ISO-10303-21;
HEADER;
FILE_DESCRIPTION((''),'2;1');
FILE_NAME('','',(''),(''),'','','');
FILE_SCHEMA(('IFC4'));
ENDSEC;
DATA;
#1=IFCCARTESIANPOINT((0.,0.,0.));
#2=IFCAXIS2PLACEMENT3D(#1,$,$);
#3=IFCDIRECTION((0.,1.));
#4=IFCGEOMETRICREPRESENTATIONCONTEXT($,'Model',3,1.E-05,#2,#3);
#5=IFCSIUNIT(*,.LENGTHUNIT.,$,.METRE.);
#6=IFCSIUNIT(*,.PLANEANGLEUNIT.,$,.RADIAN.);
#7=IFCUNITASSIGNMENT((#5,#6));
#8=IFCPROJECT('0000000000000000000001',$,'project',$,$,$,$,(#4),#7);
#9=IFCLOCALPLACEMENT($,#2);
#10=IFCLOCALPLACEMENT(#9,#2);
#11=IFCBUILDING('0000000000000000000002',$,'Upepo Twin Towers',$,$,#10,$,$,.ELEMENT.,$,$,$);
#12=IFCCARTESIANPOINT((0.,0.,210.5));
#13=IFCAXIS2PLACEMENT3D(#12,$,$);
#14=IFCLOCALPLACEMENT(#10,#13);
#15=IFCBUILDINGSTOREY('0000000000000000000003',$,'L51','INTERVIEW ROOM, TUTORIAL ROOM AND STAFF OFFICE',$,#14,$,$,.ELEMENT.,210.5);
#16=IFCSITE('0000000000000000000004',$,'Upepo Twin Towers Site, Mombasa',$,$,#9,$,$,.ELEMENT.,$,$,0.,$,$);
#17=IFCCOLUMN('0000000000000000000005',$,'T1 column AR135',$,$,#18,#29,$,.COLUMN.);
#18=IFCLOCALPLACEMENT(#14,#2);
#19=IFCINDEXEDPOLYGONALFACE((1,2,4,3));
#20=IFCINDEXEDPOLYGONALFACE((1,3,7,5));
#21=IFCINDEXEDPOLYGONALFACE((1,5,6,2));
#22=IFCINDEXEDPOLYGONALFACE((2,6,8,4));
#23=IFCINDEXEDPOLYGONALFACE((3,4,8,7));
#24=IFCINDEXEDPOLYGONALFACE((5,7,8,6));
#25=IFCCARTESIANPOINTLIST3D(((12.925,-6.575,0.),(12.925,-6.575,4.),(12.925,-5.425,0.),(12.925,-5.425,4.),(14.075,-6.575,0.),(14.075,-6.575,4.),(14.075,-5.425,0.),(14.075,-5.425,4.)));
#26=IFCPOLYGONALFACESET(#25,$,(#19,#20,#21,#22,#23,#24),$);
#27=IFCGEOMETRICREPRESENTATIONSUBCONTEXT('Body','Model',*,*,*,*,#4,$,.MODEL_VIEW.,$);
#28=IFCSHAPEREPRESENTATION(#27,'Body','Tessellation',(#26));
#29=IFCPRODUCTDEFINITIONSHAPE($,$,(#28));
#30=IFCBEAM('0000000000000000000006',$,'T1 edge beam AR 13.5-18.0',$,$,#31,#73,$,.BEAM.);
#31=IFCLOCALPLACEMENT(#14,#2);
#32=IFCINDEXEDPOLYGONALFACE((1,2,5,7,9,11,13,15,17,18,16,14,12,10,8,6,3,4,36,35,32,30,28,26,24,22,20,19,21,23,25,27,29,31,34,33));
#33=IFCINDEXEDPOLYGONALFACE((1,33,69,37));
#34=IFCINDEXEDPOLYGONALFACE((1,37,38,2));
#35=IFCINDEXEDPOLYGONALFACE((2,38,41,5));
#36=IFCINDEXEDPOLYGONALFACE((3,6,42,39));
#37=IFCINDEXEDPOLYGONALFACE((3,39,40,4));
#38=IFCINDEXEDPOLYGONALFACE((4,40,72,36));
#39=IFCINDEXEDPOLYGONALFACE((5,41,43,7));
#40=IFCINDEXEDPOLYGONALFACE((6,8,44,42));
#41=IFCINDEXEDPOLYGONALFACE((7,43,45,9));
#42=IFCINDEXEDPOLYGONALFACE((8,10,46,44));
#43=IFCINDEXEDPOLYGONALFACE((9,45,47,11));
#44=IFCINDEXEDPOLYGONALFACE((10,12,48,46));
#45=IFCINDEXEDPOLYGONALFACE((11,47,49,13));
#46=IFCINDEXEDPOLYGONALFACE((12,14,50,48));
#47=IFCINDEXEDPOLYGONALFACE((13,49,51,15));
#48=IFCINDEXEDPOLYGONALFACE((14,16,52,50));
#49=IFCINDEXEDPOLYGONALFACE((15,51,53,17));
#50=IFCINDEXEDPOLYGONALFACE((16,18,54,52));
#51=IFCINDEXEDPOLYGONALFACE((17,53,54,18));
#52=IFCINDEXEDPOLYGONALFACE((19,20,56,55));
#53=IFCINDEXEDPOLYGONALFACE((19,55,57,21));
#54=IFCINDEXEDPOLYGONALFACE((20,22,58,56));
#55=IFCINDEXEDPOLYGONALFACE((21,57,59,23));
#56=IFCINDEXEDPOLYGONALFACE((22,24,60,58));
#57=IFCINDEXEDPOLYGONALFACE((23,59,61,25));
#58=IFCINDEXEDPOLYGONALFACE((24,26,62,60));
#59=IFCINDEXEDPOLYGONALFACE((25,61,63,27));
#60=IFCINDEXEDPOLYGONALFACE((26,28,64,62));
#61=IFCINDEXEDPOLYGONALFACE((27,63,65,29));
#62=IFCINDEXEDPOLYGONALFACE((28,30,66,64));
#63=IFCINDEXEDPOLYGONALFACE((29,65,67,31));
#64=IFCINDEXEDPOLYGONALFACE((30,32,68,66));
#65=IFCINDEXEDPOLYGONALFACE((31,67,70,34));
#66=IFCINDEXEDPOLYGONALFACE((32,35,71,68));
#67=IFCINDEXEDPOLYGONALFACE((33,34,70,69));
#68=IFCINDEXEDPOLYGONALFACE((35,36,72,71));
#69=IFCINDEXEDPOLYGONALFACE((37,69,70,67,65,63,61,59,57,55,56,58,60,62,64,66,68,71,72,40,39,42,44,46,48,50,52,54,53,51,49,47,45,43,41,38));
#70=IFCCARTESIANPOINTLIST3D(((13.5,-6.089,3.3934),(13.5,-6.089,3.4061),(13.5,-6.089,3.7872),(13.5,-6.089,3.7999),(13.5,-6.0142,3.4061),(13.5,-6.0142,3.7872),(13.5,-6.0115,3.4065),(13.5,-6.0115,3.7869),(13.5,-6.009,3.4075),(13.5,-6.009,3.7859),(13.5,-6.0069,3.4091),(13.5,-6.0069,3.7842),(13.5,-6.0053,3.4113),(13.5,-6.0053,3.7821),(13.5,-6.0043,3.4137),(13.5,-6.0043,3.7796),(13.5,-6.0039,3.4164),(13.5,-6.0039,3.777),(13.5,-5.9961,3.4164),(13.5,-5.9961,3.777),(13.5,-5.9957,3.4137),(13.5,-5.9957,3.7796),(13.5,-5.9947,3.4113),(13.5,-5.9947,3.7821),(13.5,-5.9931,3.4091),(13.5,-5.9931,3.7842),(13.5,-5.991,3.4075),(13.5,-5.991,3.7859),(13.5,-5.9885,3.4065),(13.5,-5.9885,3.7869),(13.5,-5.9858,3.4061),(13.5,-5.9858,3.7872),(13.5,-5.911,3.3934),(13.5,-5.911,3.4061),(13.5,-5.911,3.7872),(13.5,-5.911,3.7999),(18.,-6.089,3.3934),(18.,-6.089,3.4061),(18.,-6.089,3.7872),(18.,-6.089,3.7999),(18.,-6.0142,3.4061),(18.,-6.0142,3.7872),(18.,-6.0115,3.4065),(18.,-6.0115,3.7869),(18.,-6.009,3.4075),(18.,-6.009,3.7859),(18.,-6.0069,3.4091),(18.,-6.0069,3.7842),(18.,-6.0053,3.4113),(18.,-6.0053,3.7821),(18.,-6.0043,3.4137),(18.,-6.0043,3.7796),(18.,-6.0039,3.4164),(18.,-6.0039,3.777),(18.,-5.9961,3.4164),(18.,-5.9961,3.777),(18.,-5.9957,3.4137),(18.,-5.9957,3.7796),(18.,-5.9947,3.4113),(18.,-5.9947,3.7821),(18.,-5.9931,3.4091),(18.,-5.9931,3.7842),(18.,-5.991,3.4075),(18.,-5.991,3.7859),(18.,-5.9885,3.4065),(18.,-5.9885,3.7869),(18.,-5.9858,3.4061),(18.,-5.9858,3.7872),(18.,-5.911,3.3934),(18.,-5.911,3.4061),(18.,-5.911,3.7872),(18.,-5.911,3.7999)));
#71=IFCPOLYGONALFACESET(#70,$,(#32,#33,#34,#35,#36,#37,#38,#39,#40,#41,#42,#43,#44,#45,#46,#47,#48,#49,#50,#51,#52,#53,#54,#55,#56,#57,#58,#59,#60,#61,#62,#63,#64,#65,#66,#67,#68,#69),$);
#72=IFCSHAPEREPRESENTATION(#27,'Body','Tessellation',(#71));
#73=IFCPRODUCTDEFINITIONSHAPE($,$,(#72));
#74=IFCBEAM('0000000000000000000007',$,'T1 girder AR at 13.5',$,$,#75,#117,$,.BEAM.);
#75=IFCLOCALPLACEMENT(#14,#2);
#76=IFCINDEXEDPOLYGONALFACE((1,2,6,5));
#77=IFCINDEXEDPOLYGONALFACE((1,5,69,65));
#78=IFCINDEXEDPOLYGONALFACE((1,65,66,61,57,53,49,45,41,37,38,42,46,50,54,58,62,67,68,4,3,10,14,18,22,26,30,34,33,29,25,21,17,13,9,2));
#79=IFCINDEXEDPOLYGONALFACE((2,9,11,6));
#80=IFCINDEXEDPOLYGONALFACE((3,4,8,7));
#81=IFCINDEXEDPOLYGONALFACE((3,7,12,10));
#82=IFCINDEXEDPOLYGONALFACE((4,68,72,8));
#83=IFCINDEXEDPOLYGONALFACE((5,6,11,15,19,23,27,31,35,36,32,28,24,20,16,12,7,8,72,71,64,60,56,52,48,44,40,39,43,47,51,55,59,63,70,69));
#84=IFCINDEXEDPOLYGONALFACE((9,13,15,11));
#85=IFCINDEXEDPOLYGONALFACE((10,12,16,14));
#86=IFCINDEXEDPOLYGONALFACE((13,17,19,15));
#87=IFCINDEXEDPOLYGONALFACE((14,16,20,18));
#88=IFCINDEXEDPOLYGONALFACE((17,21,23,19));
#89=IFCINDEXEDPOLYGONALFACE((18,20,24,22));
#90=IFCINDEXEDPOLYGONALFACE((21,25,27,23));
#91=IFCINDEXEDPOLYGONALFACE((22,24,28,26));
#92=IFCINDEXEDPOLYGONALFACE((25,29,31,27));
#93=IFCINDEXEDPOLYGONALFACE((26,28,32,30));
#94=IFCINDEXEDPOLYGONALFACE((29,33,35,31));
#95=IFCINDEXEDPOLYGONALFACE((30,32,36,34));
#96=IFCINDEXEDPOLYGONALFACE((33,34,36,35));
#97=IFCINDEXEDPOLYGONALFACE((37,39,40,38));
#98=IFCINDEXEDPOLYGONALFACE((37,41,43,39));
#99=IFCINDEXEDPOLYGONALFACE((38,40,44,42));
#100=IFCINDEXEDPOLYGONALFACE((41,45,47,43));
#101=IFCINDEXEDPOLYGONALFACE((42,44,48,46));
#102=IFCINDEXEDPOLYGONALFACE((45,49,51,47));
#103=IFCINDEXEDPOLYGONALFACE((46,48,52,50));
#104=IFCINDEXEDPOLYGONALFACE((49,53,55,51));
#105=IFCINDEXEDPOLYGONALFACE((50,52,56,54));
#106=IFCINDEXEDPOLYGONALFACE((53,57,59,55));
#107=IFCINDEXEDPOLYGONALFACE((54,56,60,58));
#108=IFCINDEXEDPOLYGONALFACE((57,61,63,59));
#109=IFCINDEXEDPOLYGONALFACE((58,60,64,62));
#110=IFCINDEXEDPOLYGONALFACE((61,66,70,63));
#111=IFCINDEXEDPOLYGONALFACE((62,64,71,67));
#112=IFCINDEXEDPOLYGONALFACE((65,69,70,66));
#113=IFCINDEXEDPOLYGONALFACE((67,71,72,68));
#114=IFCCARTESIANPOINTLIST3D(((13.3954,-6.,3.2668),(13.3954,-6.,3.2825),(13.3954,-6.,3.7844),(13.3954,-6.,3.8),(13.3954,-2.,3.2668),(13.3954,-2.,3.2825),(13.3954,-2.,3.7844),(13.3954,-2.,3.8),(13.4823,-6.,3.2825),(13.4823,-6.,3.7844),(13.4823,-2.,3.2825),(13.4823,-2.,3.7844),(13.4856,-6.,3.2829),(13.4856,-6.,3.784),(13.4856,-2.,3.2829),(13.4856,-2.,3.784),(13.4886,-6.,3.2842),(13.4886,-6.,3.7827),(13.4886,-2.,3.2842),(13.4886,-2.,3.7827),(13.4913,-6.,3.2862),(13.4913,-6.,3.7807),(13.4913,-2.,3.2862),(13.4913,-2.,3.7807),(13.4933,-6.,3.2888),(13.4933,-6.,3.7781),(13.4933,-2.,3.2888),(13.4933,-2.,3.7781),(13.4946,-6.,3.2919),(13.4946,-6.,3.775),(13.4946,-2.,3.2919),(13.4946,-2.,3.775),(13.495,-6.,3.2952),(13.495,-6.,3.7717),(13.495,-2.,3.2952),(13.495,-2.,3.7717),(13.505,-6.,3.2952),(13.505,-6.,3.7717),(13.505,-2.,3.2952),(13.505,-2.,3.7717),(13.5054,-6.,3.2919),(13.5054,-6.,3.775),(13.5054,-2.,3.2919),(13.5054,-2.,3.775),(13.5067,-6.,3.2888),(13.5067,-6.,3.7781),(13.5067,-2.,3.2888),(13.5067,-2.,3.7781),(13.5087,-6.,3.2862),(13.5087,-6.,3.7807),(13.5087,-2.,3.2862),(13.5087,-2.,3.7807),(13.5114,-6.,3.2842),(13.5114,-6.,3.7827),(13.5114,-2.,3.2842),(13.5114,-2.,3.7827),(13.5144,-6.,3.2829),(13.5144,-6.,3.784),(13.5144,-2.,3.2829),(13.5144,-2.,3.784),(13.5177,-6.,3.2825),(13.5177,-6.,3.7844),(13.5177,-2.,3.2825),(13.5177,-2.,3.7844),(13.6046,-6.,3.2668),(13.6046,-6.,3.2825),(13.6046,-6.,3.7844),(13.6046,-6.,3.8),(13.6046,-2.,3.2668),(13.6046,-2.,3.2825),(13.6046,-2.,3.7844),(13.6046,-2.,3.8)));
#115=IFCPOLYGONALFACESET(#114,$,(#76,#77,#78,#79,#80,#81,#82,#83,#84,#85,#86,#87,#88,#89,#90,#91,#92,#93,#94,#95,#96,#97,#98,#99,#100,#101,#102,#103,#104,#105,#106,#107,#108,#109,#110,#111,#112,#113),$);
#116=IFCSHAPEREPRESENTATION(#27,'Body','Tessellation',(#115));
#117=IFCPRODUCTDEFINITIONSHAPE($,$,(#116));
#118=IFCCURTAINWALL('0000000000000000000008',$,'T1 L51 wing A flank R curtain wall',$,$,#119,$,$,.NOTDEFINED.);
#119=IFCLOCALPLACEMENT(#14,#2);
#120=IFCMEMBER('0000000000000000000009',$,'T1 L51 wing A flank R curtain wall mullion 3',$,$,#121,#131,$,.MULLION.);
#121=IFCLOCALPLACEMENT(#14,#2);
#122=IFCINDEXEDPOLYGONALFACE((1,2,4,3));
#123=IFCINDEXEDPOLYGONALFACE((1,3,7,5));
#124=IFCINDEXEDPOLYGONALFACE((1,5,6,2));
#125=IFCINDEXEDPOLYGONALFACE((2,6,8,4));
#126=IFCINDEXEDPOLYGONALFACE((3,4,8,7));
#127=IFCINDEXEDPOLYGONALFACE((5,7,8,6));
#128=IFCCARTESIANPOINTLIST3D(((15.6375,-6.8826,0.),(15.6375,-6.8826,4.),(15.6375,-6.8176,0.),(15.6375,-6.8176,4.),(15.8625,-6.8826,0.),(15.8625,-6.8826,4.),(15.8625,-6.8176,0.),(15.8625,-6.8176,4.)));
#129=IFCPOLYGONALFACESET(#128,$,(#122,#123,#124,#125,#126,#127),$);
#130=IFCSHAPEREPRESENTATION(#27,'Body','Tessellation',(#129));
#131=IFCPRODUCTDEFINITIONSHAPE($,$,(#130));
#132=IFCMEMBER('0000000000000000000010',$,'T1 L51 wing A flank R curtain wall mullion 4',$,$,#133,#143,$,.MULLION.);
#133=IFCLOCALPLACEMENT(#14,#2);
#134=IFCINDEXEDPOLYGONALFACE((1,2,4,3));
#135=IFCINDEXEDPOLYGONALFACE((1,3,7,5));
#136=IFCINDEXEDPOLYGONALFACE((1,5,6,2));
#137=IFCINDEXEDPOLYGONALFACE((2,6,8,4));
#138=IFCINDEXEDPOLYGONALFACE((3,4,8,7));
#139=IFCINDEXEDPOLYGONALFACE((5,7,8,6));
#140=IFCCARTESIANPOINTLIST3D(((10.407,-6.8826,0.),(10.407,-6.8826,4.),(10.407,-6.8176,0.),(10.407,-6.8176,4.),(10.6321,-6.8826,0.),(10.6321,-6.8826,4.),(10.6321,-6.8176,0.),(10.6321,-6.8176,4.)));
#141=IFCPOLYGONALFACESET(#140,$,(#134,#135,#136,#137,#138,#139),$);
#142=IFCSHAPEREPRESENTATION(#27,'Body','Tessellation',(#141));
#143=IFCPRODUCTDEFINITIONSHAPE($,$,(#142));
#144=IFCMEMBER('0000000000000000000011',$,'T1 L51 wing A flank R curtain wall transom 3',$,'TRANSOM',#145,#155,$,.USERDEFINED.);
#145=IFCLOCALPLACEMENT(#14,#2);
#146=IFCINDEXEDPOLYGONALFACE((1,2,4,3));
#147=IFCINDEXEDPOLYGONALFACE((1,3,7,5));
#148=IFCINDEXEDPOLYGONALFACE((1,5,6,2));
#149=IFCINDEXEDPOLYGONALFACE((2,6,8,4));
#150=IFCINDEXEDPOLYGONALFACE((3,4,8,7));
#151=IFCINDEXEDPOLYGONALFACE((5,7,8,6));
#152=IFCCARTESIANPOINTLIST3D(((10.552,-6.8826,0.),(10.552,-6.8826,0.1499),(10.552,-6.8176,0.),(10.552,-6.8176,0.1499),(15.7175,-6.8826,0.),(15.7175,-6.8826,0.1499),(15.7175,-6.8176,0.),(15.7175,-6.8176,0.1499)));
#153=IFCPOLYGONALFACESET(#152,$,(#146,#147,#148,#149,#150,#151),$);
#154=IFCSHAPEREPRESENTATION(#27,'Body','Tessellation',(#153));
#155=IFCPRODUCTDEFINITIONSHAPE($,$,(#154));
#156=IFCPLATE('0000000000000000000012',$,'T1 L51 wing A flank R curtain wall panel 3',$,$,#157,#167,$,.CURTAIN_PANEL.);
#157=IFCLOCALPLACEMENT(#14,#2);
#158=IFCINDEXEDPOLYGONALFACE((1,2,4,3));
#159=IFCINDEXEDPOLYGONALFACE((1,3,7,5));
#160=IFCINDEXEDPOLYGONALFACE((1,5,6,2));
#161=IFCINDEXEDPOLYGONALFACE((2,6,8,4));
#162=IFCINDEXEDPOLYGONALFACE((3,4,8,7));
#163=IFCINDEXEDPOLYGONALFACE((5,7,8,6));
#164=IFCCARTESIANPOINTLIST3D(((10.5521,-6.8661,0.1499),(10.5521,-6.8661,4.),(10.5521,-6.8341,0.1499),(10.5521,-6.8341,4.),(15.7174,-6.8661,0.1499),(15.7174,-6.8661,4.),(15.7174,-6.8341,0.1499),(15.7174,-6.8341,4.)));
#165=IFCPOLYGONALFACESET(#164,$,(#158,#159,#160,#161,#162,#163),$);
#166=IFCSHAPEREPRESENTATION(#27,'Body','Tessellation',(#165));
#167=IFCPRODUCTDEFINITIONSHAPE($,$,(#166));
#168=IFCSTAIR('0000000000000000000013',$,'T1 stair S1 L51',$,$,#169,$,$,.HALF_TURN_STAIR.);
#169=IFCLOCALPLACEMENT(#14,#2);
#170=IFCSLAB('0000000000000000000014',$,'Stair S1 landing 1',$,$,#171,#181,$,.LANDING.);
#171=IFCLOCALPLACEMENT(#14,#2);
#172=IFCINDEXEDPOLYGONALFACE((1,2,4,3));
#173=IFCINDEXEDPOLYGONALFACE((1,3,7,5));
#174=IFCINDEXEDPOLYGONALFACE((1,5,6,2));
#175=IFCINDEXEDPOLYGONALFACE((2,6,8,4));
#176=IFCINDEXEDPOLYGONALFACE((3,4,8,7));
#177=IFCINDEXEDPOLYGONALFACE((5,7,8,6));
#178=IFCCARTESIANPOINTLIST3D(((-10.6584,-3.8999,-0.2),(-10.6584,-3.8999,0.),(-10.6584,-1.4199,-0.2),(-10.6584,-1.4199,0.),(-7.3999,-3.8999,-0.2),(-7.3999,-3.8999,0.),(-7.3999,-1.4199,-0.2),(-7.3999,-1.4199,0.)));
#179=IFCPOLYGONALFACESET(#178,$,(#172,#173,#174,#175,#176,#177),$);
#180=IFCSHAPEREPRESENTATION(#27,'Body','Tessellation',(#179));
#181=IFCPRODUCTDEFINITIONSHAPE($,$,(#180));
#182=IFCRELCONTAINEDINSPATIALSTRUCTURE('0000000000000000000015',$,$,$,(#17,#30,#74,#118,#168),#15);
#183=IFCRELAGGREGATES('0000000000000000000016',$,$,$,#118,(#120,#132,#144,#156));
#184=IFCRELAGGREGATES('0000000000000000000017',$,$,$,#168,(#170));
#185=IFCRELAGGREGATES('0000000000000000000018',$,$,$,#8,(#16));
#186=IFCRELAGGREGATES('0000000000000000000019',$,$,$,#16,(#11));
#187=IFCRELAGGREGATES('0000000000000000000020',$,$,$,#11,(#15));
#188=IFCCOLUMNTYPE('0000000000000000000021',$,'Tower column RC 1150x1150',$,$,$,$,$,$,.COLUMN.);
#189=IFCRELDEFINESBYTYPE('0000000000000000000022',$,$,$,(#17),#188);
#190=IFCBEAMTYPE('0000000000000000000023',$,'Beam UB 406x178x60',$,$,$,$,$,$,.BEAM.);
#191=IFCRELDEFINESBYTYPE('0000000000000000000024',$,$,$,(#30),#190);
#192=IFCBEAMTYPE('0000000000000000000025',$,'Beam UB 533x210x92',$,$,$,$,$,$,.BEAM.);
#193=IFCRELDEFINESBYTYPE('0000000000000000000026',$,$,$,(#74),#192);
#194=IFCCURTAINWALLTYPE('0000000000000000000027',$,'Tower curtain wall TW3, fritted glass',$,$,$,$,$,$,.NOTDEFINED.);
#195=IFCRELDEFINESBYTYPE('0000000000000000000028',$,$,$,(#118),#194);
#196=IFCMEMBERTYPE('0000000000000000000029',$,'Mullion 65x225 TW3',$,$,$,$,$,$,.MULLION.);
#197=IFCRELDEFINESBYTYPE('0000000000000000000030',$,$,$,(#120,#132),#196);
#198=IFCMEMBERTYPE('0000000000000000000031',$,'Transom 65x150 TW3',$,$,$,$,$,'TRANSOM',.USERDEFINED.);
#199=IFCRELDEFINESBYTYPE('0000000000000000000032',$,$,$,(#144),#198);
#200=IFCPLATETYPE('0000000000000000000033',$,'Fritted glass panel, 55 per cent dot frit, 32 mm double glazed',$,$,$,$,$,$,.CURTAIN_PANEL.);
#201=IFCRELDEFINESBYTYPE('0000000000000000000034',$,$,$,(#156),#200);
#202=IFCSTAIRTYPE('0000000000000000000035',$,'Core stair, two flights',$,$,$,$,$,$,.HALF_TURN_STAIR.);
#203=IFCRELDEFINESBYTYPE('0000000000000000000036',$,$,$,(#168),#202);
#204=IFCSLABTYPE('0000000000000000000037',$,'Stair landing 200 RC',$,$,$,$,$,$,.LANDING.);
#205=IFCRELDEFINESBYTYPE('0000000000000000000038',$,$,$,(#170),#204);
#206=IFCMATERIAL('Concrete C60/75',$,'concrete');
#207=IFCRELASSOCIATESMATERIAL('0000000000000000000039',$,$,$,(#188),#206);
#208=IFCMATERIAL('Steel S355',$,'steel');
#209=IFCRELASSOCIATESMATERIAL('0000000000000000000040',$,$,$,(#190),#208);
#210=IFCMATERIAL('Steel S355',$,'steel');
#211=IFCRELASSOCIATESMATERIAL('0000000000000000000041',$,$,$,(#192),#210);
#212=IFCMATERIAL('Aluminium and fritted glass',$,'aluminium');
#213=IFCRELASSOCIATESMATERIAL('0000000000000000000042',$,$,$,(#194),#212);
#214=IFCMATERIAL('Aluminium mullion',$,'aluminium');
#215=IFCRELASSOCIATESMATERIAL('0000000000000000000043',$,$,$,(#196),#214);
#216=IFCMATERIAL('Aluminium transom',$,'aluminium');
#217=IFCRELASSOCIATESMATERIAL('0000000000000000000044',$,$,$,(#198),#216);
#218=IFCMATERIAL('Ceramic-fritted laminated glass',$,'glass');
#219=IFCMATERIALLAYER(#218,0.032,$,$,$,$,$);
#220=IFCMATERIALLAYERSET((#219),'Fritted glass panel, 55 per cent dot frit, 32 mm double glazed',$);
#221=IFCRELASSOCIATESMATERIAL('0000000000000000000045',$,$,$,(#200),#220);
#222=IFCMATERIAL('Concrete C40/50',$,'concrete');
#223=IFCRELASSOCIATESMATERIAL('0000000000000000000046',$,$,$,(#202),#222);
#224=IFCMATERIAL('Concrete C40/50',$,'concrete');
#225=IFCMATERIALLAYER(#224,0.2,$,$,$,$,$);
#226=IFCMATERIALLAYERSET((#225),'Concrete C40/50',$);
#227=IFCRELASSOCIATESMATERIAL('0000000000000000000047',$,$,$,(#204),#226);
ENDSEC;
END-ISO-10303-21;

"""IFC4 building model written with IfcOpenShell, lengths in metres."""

from ifc_helpers import new_model, si_unit, direction, frame, origin, origin_2d, place, context, subcontext, project, spatial, polyline, rectangle, i_section, outline, extrude, material, layer, layer_set, material_profile, profile_set, type_object, element, aggregate, save


model = new_model("IFC4")

# Units and contexts
model_context = context("Model", 3, precision=1e-05, world=origin(), true_north=direction((0.0, 1.0)))
body_context = subcontext(model_context, "Body", "Model", "MODEL_VIEW")
ifc_project = project(units=[si_unit("LENGTHUNIT", "METRE"), si_unit("PLANEANGLEUNIT", "RADIAN")], contexts=[model_context])

# Site, building, storey
site_placement = place(None, origin())
site = spatial("IfcSite", under=ifc_project, at=site_placement, Name="Upepo Twin Towers Site, Mombasa", CompositionType="ELEMENT", RefElevation=0.0)
building_placement = place(site_placement, origin())
building = spatial("IfcBuilding", under=site, at=building_placement, Name="Upepo Twin Towers", CompositionType="ELEMENT")
storey_placement = place(building_placement, frame((0.0, 0.0, 210.5)))
storey = spatial("IfcBuildingStorey", under=building, at=storey_placement, Name="L51", Description="INTERVIEW ROOM, TUTORIAL ROOM AND STAFF OFFICE", CompositionType="ELEMENT", Elevation=210.5)

# Column
ifc_material_1 = material(Name="Concrete C60/75", Category="concrete")
ifc_material_profile_1 = material_profile(ifc_material_1, rectangle(XDim=1.1499, YDim=1.1499, at=origin_2d()), Name="RC 1150x1150")
ifc_profile_set_1 = profile_set([ifc_material_profile_1], Name="Concrete C60/75")
column_type = type_object("IfcColumnType", Name="Tower column RC 1150x1150", PredefinedType="COLUMN", material=ifc_profile_set_1)
column_placement = place(storey_placement, frame((13.5, -6.0, 0.0), z_axis=(0.0, 0.0, 1.0), x_axis=(1.0, 0.0, 0.0)))
element("IfcColumn", 1, at=column_placement, inside=storey, type_object=column_type, Name="T1 column AR135", PredefinedType="COLUMN", context=body_context, shape_type="SweptSolid", body=[
    extrude(rectangle(XDim=1.1499, YDim=1.1499, at=origin_2d()), origin(), (0.0, 0.0, 1.0), 4.0),
])

# Beams
ifc_material_2 = material(Name="Steel S355", Category="steel")
ifc_material_profile_2 = material_profile(ifc_material_2, i_section(OverallWidth=0.178, OverallDepth=0.4065, WebThickness=0.0078, FlangeThickness=0.0127, FilletRadius=0.0103, at=origin_2d()), Name="UB 406x178x60")
ifc_profile_set_2 = profile_set([ifc_material_profile_2], Name="Steel S355")
beam_type_1 = type_object("IfcBeamType", Name="Beam UB 406x178x60", PredefinedType="BEAM", material=ifc_profile_set_2)
beam_1_placement = place(storey_placement, frame((13.5, -6.0, 3.5967), z_axis=(1.0, 0.0, 0.0), x_axis=(0.0, 1.0, 0.0)))
element("IfcBeam", 2, at=beam_1_placement, inside=storey, type_object=beam_type_1, Name="T1 edge beam AR 13.5-18.0", PredefinedType="BEAM", context=body_context, shape_type="SweptSolid", body=[
    extrude(i_section(OverallWidth=0.178, OverallDepth=0.4065, WebThickness=0.0078, FlangeThickness=0.0127, FilletRadius=0.0103, at=origin_2d()), origin(), (0.0, 0.0, 1.0), 4.5),
])
ifc_material_3 = material(Name="Steel S355", Category="steel")
ifc_material_profile_3 = material_profile(ifc_material_3, i_section(OverallWidth=0.2092, OverallDepth=0.5332, WebThickness=0.01, FlangeThickness=0.0156, FilletRadius=0.0127, at=origin_2d()), Name="UB 533x210x92")
ifc_profile_set_3 = profile_set([ifc_material_profile_3], Name="Steel S355")
beam_type_2 = type_object("IfcBeamType", Name="Beam UB 533x210x92", PredefinedType="BEAM", material=ifc_profile_set_3)
beam_2_placement = place(storey_placement, frame((13.5, -6.0, 3.5334), z_axis=(0.0, 1.0, 0.0), x_axis=(-1.0, 0.0, 0.0)))
element("IfcBeam", 3, at=beam_2_placement, inside=storey, type_object=beam_type_2, Name="T1 girder AR at 13.5", PredefinedType="BEAM", context=body_context, shape_type="SweptSolid", body=[
    extrude(i_section(OverallWidth=0.2092, OverallDepth=0.5332, WebThickness=0.01, FlangeThickness=0.0156, FilletRadius=0.0127, at=origin_2d()), origin(), (0.0, 0.0, 1.0), 4.0),
])

# Curtain wall, members, plate
ifc_material_4 = material(Name="Aluminium and fritted glass", Category="aluminium")
curtain_wall_type = type_object("IfcCurtainWallType", Name="Tower curtain wall TW3, fritted glass", PredefinedType="NOTDEFINED", material=ifc_material_4)
curtain_wall_placement = place(storey_placement, origin())
curtain_wall = element("IfcCurtainWall", 4, at=curtain_wall_placement, inside=storey, type_object=curtain_wall_type, Name="T1 L51 wing A flank R curtain wall", PredefinedType="NOTDEFINED")
ifc_material_5 = material(Name="Aluminium mullion", Category="aluminium")
ifc_material_profile_4 = material_profile(ifc_material_5, rectangle(XDim=0.0649, YDim=0.2251, at=origin_2d()), Name="MULLION 65x225")
ifc_profile_set_4 = profile_set([ifc_material_profile_4], Name="Aluminium mullion")
member_type_1 = type_object("IfcMemberType", Name="Mullion 65x225 TW3", PredefinedType="MULLION", material=ifc_profile_set_4)
member_1_placement = place(storey_placement, frame((15.75, -6.8501, 0.0), z_axis=(0.0, 0.0, 1.0), x_axis=(0.0, -1.0, 0.0)))
member_1 = element("IfcMember", 5, at=member_1_placement, type_object=member_type_1, Name="T1 L51 wing A flank R curtain wall mullion 3", PredefinedType="MULLION", context=body_context, shape_type="SweptSolid", body=[
    extrude(rectangle(XDim=0.0649, YDim=0.2251, at=origin_2d()), origin(), (0.0, 0.0, 1.0), 4.0),
])
member_2_placement = place(storey_placement, frame((10.5195, -6.8501, 0.0), z_axis=(0.0, 0.0, 1.0), x_axis=(0.0, -1.0, 0.0)))
member_2 = element("IfcMember", 6, at=member_2_placement, type_object=member_type_1, Name="T1 L51 wing A flank R curtain wall mullion 4", PredefinedType="MULLION", context=body_context, shape_type="SweptSolid", body=[
    extrude(rectangle(XDim=0.0649, YDim=0.2251, at=origin_2d()), origin(), (0.0, 0.0, 1.0), 4.0),
])
ifc_material_6 = material(Name="Aluminium transom", Category="aluminium")
ifc_material_profile_5 = material_profile(ifc_material_6, rectangle(XDim=0.0649, YDim=0.1499, at=origin_2d()), Name="TRANSOM 65x150")
ifc_profile_set_5 = profile_set([ifc_material_profile_5], Name="Aluminium transom")
member_type_2 = type_object("IfcMemberType", Name="Transom 65x150 TW3", ElementType="TRANSOM", PredefinedType="USERDEFINED", material=ifc_profile_set_5)
member_3_placement = place(storey_placement, frame((15.7175, -6.8501, 0.075), z_axis=(-1.0, 0.0, 0.0), x_axis=(0.0, -1.0, 0.0)))
member_3 = element("IfcMember", 7, at=member_3_placement, type_object=member_type_2, Name="T1 L51 wing A flank R curtain wall transom 3", ObjectType="TRANSOM", PredefinedType="USERDEFINED", context=body_context, shape_type="SweptSolid", body=[
    extrude(rectangle(XDim=0.0649, YDim=0.1499, at=origin_2d()), origin(), (0.0, 0.0, 1.0), 5.1655),
])
ifc_material_7 = material(Name="Ceramic-fritted laminated glass", Category="glass")
ifc_layer_1 = layer(ifc_material_7, 0.032)
ifc_layer_set_1 = layer_set([ifc_layer_1], Name="Fritted glass panel, 55 per cent dot frit, 32 mm double glazed")
plate_type = type_object("IfcPlateType", Name="Fritted glass panel, 55 per cent dot frit, 32 mm double glazed", PredefinedType="CURTAIN_PANEL", material=ifc_layer_set_1)
plate_placement = place(storey_placement, frame((13.1348, -6.8501, 0.1499), z_axis=(0.0, 0.0, 1.0), x_axis=(-1.0, 0.0, 0.0)))
plate = element("IfcPlate", 8, at=plate_placement, type_object=plate_type, Name="T1 L51 wing A flank R curtain wall panel 3", PredefinedType="CURTAIN_PANEL", context=body_context, shape_type="SweptSolid", body=[
    extrude(rectangle(XDim=5.1653, YDim=0.032, at=origin_2d()), origin(), (0.0, 0.0, 1.0), 3.8501),
])
aggregate(curtain_wall, [member_1, member_2, member_3, plate])

# Stair, slab
ifc_material_8 = material(Name="Concrete C40/50", Category="concrete")
stair_type = type_object("IfcStairType", Name="Core stair, two flights", PredefinedType="HALF_TURN_STAIR", material=ifc_material_8)
stair_1_placement = place(storey_placement, origin())
stair_1 = element("IfcStair", 9, at=stair_1_placement, inside=storey, type_object=stair_type, Name="T1 stair S1 L51", PredefinedType="HALF_TURN_STAIR")
ifc_material_9 = material(Name="Concrete C40/50", Category="concrete")
ifc_layer_2 = layer(ifc_material_9, 0.2)
ifc_layer_set_2 = layer_set([ifc_layer_2], Name="Concrete C40/50")
slab_type_1 = type_object("IfcSlabType", Name="Stair landing 200 RC", PredefinedType="LANDING", material=ifc_layer_set_2)
slab_1_placement = place(storey_placement, frame((0.0, 0.0, -0.2)))
slab_1 = element("IfcSlab", 10, at=slab_1_placement, type_object=slab_type_1, Name="Stair S1 landing 1", PredefinedType="LANDING", context=body_context, shape_type="SweptSolid", body=[
    extrude(outline(polyline([(-7.3999, -1.4199), (-10.6584, -1.4199), (-10.6584, -3.8999), (-7.3999, -3.8999), (-7.3999, -1.4199)])), origin(), (0.0, 0.0, 1.0), 0.2),
])
aggregate(stair_1, [slab_1])

save(model, "model.ifc")
